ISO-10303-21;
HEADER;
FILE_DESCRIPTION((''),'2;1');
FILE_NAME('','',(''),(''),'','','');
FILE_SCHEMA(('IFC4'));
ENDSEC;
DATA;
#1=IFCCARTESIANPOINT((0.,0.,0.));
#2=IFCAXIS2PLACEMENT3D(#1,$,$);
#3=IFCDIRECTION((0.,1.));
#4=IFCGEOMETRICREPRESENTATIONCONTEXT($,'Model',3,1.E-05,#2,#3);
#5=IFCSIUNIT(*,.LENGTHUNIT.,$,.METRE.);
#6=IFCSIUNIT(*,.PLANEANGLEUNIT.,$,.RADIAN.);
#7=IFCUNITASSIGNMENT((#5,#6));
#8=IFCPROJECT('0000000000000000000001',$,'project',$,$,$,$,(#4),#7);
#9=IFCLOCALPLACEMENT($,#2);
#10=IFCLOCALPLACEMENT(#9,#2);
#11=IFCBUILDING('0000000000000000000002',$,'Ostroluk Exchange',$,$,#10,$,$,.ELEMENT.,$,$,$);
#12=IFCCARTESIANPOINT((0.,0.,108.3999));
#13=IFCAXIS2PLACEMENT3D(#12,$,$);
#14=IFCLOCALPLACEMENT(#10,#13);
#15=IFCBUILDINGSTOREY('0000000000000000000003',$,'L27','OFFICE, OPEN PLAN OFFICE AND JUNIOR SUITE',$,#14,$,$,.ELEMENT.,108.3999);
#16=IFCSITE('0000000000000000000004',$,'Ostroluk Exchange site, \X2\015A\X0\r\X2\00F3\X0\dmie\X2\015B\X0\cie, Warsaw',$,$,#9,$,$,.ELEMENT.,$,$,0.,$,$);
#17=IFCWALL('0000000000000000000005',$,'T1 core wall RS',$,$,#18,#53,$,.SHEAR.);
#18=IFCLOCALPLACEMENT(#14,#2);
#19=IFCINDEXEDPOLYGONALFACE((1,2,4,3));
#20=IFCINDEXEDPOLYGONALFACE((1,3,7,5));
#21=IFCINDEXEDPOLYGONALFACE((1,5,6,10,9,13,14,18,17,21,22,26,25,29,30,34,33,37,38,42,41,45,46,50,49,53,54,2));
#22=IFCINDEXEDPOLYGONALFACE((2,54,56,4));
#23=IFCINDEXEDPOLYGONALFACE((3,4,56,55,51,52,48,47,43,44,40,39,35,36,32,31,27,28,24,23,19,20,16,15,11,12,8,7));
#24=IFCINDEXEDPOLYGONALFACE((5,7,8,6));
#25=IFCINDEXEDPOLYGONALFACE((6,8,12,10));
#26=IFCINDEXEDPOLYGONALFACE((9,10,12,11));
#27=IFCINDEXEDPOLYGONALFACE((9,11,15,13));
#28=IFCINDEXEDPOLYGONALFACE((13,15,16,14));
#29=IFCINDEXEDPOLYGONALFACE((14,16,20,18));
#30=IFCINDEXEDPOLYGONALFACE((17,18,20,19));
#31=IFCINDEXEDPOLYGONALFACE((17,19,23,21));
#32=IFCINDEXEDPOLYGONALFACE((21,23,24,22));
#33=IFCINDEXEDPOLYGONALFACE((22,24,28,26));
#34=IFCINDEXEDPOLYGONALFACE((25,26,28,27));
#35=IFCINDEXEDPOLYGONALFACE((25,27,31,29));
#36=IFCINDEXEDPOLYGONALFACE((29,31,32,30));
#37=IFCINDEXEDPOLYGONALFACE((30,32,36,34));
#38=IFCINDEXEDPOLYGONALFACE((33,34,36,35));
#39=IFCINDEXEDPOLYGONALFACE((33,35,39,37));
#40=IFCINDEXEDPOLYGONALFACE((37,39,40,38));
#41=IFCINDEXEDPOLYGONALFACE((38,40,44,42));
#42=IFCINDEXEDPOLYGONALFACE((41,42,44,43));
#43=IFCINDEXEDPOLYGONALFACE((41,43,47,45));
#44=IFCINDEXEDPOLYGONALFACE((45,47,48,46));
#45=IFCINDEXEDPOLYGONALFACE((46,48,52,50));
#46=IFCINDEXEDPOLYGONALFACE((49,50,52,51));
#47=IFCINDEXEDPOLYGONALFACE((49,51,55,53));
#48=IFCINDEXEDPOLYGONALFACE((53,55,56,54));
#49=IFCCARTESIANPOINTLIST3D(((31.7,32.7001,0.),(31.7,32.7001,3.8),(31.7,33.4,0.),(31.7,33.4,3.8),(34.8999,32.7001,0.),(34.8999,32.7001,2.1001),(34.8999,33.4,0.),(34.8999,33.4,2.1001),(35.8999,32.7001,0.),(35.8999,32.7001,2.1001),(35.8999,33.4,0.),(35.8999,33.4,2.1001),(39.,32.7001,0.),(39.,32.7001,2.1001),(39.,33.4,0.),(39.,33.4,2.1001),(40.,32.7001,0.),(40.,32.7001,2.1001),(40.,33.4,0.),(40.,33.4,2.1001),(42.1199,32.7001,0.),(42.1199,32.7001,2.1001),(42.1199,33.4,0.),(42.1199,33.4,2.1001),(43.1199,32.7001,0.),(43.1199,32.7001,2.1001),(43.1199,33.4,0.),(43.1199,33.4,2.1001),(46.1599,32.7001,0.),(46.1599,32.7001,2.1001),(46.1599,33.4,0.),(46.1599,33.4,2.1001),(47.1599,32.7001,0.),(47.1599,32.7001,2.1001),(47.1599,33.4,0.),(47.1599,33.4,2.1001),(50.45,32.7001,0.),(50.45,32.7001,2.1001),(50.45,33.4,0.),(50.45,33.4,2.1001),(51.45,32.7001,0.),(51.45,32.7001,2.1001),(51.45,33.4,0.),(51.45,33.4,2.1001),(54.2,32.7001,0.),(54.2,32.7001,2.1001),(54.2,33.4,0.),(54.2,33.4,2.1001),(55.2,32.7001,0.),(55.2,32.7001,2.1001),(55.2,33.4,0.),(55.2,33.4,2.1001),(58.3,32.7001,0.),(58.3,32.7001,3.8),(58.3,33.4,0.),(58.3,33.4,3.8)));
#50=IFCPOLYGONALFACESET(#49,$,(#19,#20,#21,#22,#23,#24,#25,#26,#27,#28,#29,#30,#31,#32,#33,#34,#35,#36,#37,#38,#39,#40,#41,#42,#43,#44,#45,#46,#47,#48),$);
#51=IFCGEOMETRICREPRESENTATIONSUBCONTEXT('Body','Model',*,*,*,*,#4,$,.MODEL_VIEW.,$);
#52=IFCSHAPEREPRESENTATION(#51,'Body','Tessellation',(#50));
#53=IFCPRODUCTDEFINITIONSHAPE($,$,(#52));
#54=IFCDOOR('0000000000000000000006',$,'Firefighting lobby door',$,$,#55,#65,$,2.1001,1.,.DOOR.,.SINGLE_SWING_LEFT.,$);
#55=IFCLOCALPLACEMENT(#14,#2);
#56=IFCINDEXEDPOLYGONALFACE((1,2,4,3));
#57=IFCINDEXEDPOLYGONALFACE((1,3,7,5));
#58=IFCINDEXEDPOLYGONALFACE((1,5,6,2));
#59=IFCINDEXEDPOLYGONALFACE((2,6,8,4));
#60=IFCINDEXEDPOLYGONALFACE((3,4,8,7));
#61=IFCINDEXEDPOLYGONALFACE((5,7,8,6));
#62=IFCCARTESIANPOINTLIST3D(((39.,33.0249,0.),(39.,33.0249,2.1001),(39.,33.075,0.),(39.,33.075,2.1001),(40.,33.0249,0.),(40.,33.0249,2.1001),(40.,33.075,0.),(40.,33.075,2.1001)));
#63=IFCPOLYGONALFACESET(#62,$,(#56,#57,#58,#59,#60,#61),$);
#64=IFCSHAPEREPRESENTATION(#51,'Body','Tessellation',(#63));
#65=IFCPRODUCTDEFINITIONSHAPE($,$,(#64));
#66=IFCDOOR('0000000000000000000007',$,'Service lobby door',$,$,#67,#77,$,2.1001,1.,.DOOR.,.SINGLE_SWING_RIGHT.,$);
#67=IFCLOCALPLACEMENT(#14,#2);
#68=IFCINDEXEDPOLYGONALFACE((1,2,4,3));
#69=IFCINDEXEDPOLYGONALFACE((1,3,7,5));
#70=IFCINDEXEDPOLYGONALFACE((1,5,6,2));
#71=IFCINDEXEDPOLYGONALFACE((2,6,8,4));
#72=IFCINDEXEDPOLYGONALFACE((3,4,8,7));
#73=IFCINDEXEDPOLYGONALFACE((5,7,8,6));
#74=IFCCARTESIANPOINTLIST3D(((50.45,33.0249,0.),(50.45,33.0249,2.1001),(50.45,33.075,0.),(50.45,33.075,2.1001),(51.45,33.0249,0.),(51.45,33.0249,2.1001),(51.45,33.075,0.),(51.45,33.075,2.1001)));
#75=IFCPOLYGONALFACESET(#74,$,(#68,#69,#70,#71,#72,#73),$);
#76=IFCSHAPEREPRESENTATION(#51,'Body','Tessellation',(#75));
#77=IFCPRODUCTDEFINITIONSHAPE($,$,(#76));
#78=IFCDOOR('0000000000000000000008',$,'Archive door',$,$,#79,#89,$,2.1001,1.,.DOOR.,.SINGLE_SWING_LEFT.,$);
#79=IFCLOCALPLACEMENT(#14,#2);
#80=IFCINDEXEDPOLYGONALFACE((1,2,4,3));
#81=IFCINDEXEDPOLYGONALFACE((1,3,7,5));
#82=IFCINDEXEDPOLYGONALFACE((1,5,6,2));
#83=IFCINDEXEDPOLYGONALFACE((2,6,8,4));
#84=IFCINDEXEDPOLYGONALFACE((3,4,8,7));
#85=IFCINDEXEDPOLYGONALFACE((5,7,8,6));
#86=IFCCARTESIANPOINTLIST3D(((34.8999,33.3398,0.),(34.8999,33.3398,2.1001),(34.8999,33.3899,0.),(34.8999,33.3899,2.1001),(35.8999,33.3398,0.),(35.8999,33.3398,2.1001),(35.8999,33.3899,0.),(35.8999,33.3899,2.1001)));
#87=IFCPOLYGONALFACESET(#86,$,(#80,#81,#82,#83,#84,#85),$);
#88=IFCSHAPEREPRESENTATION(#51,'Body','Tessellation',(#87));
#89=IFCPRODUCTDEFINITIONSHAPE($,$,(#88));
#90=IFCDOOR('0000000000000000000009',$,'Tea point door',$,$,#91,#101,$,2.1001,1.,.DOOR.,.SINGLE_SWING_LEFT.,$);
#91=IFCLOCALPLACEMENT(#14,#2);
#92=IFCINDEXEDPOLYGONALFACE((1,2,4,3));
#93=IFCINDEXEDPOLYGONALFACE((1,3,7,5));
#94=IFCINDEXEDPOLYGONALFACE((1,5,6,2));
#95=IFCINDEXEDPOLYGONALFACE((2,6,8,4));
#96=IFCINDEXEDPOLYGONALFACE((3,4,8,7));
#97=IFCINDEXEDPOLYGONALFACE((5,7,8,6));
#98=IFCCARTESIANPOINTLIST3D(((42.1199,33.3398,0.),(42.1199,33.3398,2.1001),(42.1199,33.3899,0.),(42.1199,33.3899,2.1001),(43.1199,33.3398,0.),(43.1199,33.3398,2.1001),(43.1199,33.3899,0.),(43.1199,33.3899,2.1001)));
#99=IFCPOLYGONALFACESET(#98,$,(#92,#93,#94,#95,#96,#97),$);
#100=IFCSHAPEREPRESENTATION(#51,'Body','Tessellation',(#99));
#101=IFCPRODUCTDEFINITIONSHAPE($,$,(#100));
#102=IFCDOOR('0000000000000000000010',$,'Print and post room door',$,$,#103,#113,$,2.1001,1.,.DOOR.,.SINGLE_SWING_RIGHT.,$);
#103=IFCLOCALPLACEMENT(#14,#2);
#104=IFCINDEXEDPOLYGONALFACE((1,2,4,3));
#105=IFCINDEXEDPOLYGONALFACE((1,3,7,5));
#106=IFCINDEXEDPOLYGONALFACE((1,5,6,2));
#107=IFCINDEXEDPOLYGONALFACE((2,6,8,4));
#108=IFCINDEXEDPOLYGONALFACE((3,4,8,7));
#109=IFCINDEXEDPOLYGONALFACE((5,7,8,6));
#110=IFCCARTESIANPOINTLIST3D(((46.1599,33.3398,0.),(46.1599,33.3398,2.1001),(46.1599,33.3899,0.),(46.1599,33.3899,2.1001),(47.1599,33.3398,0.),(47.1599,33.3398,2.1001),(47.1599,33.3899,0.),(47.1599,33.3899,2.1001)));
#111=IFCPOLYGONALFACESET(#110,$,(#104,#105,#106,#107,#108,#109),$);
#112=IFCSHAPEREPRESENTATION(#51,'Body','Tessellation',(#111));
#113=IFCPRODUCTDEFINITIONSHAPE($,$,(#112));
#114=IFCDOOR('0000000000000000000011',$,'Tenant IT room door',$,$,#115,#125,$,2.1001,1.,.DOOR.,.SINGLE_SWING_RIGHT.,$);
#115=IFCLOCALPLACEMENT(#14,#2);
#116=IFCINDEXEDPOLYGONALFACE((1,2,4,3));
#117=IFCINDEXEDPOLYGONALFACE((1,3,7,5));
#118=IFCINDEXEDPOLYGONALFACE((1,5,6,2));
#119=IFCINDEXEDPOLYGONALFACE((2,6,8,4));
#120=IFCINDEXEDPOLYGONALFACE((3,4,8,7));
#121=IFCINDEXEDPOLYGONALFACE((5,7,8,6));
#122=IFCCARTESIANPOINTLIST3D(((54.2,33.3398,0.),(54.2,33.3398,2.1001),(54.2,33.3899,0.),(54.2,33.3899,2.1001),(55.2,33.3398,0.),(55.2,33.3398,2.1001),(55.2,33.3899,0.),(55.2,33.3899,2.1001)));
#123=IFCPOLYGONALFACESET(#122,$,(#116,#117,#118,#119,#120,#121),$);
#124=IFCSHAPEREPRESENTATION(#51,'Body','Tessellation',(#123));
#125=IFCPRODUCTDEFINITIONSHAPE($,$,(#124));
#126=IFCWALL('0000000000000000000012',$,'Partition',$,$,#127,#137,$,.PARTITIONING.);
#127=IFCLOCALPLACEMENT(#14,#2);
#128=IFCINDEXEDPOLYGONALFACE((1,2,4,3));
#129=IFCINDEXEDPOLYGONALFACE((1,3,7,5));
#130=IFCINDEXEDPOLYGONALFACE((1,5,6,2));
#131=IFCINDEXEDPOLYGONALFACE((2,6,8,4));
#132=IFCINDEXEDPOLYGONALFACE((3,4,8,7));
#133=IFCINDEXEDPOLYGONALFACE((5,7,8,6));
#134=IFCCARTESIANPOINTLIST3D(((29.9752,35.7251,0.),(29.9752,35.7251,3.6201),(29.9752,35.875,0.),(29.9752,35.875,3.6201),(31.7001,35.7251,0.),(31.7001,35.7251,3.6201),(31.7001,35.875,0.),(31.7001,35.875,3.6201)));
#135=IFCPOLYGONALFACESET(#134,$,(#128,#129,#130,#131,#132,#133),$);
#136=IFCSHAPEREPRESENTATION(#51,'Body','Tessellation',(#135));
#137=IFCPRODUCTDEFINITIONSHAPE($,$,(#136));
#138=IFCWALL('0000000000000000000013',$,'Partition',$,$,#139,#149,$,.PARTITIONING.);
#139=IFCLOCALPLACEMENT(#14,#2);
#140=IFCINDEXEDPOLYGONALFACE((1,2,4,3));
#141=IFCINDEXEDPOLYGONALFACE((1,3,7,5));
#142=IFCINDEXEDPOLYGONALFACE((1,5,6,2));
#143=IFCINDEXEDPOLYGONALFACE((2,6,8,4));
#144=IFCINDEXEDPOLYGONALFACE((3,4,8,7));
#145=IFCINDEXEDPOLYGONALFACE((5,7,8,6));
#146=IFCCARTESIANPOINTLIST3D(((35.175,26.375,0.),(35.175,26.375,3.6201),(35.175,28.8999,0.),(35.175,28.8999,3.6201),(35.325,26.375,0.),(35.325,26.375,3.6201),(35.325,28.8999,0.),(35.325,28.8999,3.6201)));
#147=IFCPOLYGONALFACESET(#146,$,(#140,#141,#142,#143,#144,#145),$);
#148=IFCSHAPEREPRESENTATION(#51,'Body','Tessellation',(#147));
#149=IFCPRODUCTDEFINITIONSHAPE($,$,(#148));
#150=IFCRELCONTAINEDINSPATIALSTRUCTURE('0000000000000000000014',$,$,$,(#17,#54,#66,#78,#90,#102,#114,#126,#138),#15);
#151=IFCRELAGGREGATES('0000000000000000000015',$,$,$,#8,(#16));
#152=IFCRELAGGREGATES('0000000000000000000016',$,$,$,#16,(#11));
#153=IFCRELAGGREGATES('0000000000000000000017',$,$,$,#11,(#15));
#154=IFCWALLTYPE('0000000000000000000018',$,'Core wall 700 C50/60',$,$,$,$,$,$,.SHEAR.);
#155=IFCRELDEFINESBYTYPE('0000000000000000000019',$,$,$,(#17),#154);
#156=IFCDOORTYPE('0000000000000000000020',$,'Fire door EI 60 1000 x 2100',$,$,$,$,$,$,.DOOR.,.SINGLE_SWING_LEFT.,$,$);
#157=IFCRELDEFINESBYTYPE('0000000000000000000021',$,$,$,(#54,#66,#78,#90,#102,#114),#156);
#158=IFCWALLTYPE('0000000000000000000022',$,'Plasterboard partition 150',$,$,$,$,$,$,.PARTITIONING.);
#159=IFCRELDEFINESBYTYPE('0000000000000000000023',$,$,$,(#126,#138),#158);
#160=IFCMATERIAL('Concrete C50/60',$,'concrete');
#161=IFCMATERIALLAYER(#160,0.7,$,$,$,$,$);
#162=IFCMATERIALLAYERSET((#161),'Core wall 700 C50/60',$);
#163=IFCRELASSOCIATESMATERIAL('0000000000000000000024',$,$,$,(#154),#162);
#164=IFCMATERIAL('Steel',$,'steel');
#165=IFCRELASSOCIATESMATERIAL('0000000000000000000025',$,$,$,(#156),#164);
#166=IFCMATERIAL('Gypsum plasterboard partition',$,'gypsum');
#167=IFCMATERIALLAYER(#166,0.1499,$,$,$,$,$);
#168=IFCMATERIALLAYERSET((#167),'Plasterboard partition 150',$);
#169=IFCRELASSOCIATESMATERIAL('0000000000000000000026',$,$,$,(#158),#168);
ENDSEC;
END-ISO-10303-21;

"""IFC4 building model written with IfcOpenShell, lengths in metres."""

from ifc_helpers import new_model, si_unit, direction, frame, frame_2d, origin, place, context, subcontext, project, spatial, rectangle, extrude, material, layer, layer_set, type_object, element, fill, save


model = new_model("IFC4")

# Units and contexts
model_context = context("Model", 3, precision=1e-05, world=origin(), true_north=direction((0.0, 1.0)))
body_context = subcontext(model_context, "Body", "Model", "MODEL_VIEW")
ifc_project = project(units=[si_unit("LENGTHUNIT", "METRE"), si_unit("PLANEANGLEUNIT", "RADIAN")], contexts=[model_context])

# Site, building, storey
site_placement = place(None, origin())
site = spatial("IfcSite", under=ifc_project, at=site_placement, Name="Ostroluk Exchange site, Śródmieście, Warsaw", CompositionType="ELEMENT", RefElevation=0.0)
building_placement = place(site_placement, origin())
building = spatial("IfcBuilding", under=site, at=building_placement, Name="Ostroluk Exchange", CompositionType="ELEMENT")
storey_placement = place(building_placement, frame((0.0, 0.0, 108.3999)))
storey = spatial("IfcBuildingStorey", under=building, at=storey_placement, Name="L27", Description="OFFICE, OPEN PLAN OFFICE AND JUNIOR SUITE", CompositionType="ELEMENT", Elevation=108.3999)

# Wall, openings, doors
ifc_material_1 = material(Name="Concrete C50/60", Category="concrete")
ifc_layer_1 = layer(ifc_material_1, 0.7)
ifc_layer_set_1 = layer_set([ifc_layer_1], Name="Core wall 700 C50/60")
wall_type_1 = type_object("IfcWallType", Name="Core wall 700 C50/60", PredefinedType="SHEAR", material=ifc_layer_set_1)
wall_1_placement = place(storey_placement, frame((31.7, 33.05, 0.0), z_axis=(0.0, 0.0, 1.0), x_axis=(1.0, 0.0, 0.0)))
wall_1 = element("IfcWall", 1, at=wall_1_placement, inside=storey, type_object=wall_type_1, Name="T1 core wall RS", PredefinedType="SHEAR", context=body_context, shape_type="SweptSolid", body=[
    extrude(rectangle(XDim=26.6001, YDim=0.7, at=frame_2d((13.3, 0.0))), origin(), (0.0, 0.0, 1.0), 3.8),
])
opening_1_placement = place(wall_1_placement, frame((7.3, 0.0, 0.0)))
opening_1 = element("IfcOpeningElement", 2, at=opening_1_placement, cuts=wall_1, PredefinedType="OPENING", context=body_context, shape_type="SweptSolid", body=[
    extrude(rectangle(XDim=1.0, YDim=2.1001, at=frame_2d((0.5, 1.05))), frame((0.0, 0.3599, 0.0), z_axis=(0.0, -1.0, 0.0), x_axis=(1.0, 0.0, 0.0)), (0.0, 0.0, 1.0), 0.72),
])
opening_2_placement = place(wall_1_placement, frame((18.75, 0.0, 0.0)))
opening_2 = element("IfcOpeningElement", 3, at=opening_2_placement, cuts=wall_1, PredefinedType="OPENING", context=body_context, shape_type="SweptSolid", body=[
    extrude(rectangle(XDim=1.0, YDim=2.1001, at=frame_2d((0.5, 1.05))), frame((0.0, 0.3599, 0.0), z_axis=(0.0, -1.0, 0.0), x_axis=(1.0, 0.0, 0.0)), (0.0, 0.0, 1.0), 0.72),
])
opening_3_placement = place(wall_1_placement, frame((3.2, 0.0, 0.0)))
opening_3 = element("IfcOpeningElement", 4, at=opening_3_placement, cuts=wall_1, PredefinedType="OPENING", context=body_context, shape_type="SweptSolid", body=[
    extrude(rectangle(XDim=1.0, YDim=2.1001, at=frame_2d((0.5, 1.05))), frame((0.0, 0.3599, 0.0), z_axis=(0.0, -1.0, 0.0), x_axis=(1.0, 0.0, 0.0)), (0.0, 0.0, 1.0), 0.72),
])
opening_4_placement = place(wall_1_placement, frame((10.4199, 0.0, 0.0)))
opening_4 = element("IfcOpeningElement", 5, at=opening_4_placement, cuts=wall_1, PredefinedType="OPENING", context=body_context, shape_type="SweptSolid", body=[
    extrude(rectangle(XDim=1.0, YDim=2.1001, at=frame_2d((0.5, 1.05))), frame((0.0, 0.3599, 0.0), z_axis=(0.0, -1.0, 0.0), x_axis=(1.0, 0.0, 0.0)), (0.0, 0.0, 1.0), 0.72),
])
opening_5_placement = place(wall_1_placement, frame((14.46, 0.0, 0.0)))
opening_5 = element("IfcOpeningElement", 6, at=opening_5_placement, cuts=wall_1, PredefinedType="OPENING", context=body_context, shape_type="SweptSolid", body=[
    extrude(rectangle(XDim=1.0, YDim=2.1001, at=frame_2d((0.5, 1.05))), frame((0.0, 0.3599, 0.0), z_axis=(0.0, -1.0, 0.0), x_axis=(1.0, 0.0, 0.0)), (0.0, 0.0, 1.0), 0.72),
])
opening_6_placement = place(wall_1_placement, frame((22.5, 0.0, 0.0)))
opening_6 = element("IfcOpeningElement", 7, at=opening_6_placement, cuts=wall_1, PredefinedType="OPENING", context=body_context, shape_type="SweptSolid", body=[
    extrude(rectangle(XDim=1.0, YDim=2.1001, at=frame_2d((0.5, 1.05))), frame((0.0, 0.3599, 0.0), z_axis=(0.0, -1.0, 0.0), x_axis=(1.0, 0.0, 0.0)), (0.0, 0.0, 1.0), 0.72),
])
ifc_material_2 = material(Name="Steel", Category="steel")
door_type_1 = type_object("IfcDoorType", Name="Fire door EI 60 1000 x 2100", OperationType="SINGLE_SWING_LEFT", PredefinedType="DOOR", material=ifc_material_2)
door_1_placement = place(opening_1_placement, origin())
door_1 = element("IfcDoor", 8, at=door_1_placement, inside=storey, type_object=door_type_1, Name="Firefighting lobby door", OperationType="SINGLE_SWING_LEFT", OverallHeight=2.1001, OverallWidth=1.0, PredefinedType="DOOR", context=body_context, shape_type="SweptSolid", body=[
    extrude(rectangle(XDim=1.0, YDim=2.1001, at=frame_2d((0.5, 1.05))), frame((0.0, 0.0249, 0.0), z_axis=(0.0, -1.0, 0.0), x_axis=(1.0, 0.0, 0.0)), (0.0, 0.0, 1.0), 0.05),
])
fill(opening_1, door_1)
door_2_placement = place(opening_2_placement, origin())
door_2 = element("IfcDoor", 9, at=door_2_placement, inside=storey, type_object=door_type_1, Name="Service lobby door", OperationType="SINGLE_SWING_RIGHT", OverallHeight=2.1001, OverallWidth=1.0, PredefinedType="DOOR", context=body_context, shape_type="SweptSolid", body=[
    extrude(rectangle(XDim=1.0, YDim=2.1001, at=frame_2d((0.5, 1.05))), frame((0.0, 0.0249, 0.0), z_axis=(0.0, -1.0, 0.0), x_axis=(1.0, 0.0, 0.0)), (0.0, 0.0, 1.0), 0.05),
])
fill(opening_2, door_2)
door_3_placement = place(opening_3_placement, origin())
door_3 = element("IfcDoor", 10, at=door_3_placement, inside=storey, type_object=door_type_1, Name="Archive door", OperationType="SINGLE_SWING_LEFT", OverallHeight=2.1001, OverallWidth=1.0, PredefinedType="DOOR", context=body_context, shape_type="SweptSolid", body=[
    extrude(rectangle(XDim=1.0, YDim=2.1001, at=frame_2d((0.5, 1.05))), frame((0.0, 0.3398, 0.0), z_axis=(0.0, -1.0, 0.0), x_axis=(1.0, 0.0, 0.0)), (0.0, 0.0, 1.0), 0.05),
])
fill(opening_3, door_3)
door_4_placement = place(opening_4_placement, origin())
door_4 = element("IfcDoor", 11, at=door_4_placement, inside=storey, type_object=door_type_1, Name="Tea point door", OperationType="SINGLE_SWING_LEFT", OverallHeight=2.1001, OverallWidth=1.0, PredefinedType="DOOR", context=body_context, shape_type="SweptSolid", body=[
    extrude(rectangle(XDim=1.0, YDim=2.1001, at=frame_2d((0.5, 1.05))), frame((0.0, 0.3398, 0.0), z_axis=(0.0, -1.0, 0.0), x_axis=(1.0, 0.0, 0.0)), (0.0, 0.0, 1.0), 0.05),
])
fill(opening_4, door_4)
door_5_placement = place(opening_5_placement, origin())
door_5 = element("IfcDoor", 12, at=door_5_placement, inside=storey, type_object=door_type_1, Name="Print and post room door", OperationType="SINGLE_SWING_RIGHT", OverallHeight=2.1001, OverallWidth=1.0, PredefinedType="DOOR", context=body_context, shape_type="SweptSolid", body=[
    extrude(rectangle(XDim=1.0, YDim=2.1001, at=frame_2d((0.5, 1.05))), frame((0.0, 0.3398, 0.0), z_axis=(0.0, -1.0, 0.0), x_axis=(1.0, 0.0, 0.0)), (0.0, 0.0, 1.0), 0.05),
])
fill(opening_5, door_5)
door_6_placement = place(opening_6_placement, origin())
door_6 = element("IfcDoor", 13, at=door_6_placement, inside=storey, type_object=door_type_1, Name="Tenant IT room door", OperationType="SINGLE_SWING_RIGHT", OverallHeight=2.1001, OverallWidth=1.0, PredefinedType="DOOR", context=body_context, shape_type="SweptSolid", body=[
    extrude(rectangle(XDim=1.0, YDim=2.1001, at=frame_2d((0.5, 1.05))), frame((0.0, 0.3398, 0.0), z_axis=(0.0, -1.0, 0.0), x_axis=(1.0, 0.0, 0.0)), (0.0, 0.0, 1.0), 0.05),
])
fill(opening_6, door_6)

# Walls
ifc_material_3 = material(Name="Gypsum plasterboard partition", Category="gypsum")
ifc_layer_2 = layer(ifc_material_3, 0.1499)
ifc_layer_set_2 = layer_set([ifc_layer_2], Name="Plasterboard partition 150")
wall_type_2 = type_object("IfcWallType", Name="Plasterboard partition 150", PredefinedType="PARTITIONING", material=ifc_layer_set_2)
wall_2_placement = place(storey_placement, frame((31.7, 35.8, 0.0), z_axis=(0.0, 0.0, 1.0), x_axis=(-1.0, 0.0, 0.0)))
element("IfcWall", 14, at=wall_2_placement, inside=storey, type_object=wall_type_2, Name="Partition", PredefinedType="PARTITIONING", context=body_context, shape_type="SweptSolid", body=[
    extrude(rectangle(XDim=1.7249, YDim=0.1499, at=frame_2d((0.8623, 0.0))), origin(), (0.0, 0.0, 1.0), 3.6201),
])
wall_3_placement = place(storey_placement, frame((35.25, 28.8999, 0.0), z_axis=(0.0, 0.0, 1.0), x_axis=(0.0, -1.0, 0.0)))
element("IfcWall", 15, at=wall_3_placement, inside=storey, type_object=wall_type_2, Name="Partition", PredefinedType="PARTITIONING", context=body_context, shape_type="SweptSolid", body=[
    extrude(rectangle(XDim=2.5249, YDim=0.1499, at=frame_2d((1.2625, 0.0))), origin(), (0.0, 0.0, 1.0), 3.6201),
])

save(model, "model.ifc")
